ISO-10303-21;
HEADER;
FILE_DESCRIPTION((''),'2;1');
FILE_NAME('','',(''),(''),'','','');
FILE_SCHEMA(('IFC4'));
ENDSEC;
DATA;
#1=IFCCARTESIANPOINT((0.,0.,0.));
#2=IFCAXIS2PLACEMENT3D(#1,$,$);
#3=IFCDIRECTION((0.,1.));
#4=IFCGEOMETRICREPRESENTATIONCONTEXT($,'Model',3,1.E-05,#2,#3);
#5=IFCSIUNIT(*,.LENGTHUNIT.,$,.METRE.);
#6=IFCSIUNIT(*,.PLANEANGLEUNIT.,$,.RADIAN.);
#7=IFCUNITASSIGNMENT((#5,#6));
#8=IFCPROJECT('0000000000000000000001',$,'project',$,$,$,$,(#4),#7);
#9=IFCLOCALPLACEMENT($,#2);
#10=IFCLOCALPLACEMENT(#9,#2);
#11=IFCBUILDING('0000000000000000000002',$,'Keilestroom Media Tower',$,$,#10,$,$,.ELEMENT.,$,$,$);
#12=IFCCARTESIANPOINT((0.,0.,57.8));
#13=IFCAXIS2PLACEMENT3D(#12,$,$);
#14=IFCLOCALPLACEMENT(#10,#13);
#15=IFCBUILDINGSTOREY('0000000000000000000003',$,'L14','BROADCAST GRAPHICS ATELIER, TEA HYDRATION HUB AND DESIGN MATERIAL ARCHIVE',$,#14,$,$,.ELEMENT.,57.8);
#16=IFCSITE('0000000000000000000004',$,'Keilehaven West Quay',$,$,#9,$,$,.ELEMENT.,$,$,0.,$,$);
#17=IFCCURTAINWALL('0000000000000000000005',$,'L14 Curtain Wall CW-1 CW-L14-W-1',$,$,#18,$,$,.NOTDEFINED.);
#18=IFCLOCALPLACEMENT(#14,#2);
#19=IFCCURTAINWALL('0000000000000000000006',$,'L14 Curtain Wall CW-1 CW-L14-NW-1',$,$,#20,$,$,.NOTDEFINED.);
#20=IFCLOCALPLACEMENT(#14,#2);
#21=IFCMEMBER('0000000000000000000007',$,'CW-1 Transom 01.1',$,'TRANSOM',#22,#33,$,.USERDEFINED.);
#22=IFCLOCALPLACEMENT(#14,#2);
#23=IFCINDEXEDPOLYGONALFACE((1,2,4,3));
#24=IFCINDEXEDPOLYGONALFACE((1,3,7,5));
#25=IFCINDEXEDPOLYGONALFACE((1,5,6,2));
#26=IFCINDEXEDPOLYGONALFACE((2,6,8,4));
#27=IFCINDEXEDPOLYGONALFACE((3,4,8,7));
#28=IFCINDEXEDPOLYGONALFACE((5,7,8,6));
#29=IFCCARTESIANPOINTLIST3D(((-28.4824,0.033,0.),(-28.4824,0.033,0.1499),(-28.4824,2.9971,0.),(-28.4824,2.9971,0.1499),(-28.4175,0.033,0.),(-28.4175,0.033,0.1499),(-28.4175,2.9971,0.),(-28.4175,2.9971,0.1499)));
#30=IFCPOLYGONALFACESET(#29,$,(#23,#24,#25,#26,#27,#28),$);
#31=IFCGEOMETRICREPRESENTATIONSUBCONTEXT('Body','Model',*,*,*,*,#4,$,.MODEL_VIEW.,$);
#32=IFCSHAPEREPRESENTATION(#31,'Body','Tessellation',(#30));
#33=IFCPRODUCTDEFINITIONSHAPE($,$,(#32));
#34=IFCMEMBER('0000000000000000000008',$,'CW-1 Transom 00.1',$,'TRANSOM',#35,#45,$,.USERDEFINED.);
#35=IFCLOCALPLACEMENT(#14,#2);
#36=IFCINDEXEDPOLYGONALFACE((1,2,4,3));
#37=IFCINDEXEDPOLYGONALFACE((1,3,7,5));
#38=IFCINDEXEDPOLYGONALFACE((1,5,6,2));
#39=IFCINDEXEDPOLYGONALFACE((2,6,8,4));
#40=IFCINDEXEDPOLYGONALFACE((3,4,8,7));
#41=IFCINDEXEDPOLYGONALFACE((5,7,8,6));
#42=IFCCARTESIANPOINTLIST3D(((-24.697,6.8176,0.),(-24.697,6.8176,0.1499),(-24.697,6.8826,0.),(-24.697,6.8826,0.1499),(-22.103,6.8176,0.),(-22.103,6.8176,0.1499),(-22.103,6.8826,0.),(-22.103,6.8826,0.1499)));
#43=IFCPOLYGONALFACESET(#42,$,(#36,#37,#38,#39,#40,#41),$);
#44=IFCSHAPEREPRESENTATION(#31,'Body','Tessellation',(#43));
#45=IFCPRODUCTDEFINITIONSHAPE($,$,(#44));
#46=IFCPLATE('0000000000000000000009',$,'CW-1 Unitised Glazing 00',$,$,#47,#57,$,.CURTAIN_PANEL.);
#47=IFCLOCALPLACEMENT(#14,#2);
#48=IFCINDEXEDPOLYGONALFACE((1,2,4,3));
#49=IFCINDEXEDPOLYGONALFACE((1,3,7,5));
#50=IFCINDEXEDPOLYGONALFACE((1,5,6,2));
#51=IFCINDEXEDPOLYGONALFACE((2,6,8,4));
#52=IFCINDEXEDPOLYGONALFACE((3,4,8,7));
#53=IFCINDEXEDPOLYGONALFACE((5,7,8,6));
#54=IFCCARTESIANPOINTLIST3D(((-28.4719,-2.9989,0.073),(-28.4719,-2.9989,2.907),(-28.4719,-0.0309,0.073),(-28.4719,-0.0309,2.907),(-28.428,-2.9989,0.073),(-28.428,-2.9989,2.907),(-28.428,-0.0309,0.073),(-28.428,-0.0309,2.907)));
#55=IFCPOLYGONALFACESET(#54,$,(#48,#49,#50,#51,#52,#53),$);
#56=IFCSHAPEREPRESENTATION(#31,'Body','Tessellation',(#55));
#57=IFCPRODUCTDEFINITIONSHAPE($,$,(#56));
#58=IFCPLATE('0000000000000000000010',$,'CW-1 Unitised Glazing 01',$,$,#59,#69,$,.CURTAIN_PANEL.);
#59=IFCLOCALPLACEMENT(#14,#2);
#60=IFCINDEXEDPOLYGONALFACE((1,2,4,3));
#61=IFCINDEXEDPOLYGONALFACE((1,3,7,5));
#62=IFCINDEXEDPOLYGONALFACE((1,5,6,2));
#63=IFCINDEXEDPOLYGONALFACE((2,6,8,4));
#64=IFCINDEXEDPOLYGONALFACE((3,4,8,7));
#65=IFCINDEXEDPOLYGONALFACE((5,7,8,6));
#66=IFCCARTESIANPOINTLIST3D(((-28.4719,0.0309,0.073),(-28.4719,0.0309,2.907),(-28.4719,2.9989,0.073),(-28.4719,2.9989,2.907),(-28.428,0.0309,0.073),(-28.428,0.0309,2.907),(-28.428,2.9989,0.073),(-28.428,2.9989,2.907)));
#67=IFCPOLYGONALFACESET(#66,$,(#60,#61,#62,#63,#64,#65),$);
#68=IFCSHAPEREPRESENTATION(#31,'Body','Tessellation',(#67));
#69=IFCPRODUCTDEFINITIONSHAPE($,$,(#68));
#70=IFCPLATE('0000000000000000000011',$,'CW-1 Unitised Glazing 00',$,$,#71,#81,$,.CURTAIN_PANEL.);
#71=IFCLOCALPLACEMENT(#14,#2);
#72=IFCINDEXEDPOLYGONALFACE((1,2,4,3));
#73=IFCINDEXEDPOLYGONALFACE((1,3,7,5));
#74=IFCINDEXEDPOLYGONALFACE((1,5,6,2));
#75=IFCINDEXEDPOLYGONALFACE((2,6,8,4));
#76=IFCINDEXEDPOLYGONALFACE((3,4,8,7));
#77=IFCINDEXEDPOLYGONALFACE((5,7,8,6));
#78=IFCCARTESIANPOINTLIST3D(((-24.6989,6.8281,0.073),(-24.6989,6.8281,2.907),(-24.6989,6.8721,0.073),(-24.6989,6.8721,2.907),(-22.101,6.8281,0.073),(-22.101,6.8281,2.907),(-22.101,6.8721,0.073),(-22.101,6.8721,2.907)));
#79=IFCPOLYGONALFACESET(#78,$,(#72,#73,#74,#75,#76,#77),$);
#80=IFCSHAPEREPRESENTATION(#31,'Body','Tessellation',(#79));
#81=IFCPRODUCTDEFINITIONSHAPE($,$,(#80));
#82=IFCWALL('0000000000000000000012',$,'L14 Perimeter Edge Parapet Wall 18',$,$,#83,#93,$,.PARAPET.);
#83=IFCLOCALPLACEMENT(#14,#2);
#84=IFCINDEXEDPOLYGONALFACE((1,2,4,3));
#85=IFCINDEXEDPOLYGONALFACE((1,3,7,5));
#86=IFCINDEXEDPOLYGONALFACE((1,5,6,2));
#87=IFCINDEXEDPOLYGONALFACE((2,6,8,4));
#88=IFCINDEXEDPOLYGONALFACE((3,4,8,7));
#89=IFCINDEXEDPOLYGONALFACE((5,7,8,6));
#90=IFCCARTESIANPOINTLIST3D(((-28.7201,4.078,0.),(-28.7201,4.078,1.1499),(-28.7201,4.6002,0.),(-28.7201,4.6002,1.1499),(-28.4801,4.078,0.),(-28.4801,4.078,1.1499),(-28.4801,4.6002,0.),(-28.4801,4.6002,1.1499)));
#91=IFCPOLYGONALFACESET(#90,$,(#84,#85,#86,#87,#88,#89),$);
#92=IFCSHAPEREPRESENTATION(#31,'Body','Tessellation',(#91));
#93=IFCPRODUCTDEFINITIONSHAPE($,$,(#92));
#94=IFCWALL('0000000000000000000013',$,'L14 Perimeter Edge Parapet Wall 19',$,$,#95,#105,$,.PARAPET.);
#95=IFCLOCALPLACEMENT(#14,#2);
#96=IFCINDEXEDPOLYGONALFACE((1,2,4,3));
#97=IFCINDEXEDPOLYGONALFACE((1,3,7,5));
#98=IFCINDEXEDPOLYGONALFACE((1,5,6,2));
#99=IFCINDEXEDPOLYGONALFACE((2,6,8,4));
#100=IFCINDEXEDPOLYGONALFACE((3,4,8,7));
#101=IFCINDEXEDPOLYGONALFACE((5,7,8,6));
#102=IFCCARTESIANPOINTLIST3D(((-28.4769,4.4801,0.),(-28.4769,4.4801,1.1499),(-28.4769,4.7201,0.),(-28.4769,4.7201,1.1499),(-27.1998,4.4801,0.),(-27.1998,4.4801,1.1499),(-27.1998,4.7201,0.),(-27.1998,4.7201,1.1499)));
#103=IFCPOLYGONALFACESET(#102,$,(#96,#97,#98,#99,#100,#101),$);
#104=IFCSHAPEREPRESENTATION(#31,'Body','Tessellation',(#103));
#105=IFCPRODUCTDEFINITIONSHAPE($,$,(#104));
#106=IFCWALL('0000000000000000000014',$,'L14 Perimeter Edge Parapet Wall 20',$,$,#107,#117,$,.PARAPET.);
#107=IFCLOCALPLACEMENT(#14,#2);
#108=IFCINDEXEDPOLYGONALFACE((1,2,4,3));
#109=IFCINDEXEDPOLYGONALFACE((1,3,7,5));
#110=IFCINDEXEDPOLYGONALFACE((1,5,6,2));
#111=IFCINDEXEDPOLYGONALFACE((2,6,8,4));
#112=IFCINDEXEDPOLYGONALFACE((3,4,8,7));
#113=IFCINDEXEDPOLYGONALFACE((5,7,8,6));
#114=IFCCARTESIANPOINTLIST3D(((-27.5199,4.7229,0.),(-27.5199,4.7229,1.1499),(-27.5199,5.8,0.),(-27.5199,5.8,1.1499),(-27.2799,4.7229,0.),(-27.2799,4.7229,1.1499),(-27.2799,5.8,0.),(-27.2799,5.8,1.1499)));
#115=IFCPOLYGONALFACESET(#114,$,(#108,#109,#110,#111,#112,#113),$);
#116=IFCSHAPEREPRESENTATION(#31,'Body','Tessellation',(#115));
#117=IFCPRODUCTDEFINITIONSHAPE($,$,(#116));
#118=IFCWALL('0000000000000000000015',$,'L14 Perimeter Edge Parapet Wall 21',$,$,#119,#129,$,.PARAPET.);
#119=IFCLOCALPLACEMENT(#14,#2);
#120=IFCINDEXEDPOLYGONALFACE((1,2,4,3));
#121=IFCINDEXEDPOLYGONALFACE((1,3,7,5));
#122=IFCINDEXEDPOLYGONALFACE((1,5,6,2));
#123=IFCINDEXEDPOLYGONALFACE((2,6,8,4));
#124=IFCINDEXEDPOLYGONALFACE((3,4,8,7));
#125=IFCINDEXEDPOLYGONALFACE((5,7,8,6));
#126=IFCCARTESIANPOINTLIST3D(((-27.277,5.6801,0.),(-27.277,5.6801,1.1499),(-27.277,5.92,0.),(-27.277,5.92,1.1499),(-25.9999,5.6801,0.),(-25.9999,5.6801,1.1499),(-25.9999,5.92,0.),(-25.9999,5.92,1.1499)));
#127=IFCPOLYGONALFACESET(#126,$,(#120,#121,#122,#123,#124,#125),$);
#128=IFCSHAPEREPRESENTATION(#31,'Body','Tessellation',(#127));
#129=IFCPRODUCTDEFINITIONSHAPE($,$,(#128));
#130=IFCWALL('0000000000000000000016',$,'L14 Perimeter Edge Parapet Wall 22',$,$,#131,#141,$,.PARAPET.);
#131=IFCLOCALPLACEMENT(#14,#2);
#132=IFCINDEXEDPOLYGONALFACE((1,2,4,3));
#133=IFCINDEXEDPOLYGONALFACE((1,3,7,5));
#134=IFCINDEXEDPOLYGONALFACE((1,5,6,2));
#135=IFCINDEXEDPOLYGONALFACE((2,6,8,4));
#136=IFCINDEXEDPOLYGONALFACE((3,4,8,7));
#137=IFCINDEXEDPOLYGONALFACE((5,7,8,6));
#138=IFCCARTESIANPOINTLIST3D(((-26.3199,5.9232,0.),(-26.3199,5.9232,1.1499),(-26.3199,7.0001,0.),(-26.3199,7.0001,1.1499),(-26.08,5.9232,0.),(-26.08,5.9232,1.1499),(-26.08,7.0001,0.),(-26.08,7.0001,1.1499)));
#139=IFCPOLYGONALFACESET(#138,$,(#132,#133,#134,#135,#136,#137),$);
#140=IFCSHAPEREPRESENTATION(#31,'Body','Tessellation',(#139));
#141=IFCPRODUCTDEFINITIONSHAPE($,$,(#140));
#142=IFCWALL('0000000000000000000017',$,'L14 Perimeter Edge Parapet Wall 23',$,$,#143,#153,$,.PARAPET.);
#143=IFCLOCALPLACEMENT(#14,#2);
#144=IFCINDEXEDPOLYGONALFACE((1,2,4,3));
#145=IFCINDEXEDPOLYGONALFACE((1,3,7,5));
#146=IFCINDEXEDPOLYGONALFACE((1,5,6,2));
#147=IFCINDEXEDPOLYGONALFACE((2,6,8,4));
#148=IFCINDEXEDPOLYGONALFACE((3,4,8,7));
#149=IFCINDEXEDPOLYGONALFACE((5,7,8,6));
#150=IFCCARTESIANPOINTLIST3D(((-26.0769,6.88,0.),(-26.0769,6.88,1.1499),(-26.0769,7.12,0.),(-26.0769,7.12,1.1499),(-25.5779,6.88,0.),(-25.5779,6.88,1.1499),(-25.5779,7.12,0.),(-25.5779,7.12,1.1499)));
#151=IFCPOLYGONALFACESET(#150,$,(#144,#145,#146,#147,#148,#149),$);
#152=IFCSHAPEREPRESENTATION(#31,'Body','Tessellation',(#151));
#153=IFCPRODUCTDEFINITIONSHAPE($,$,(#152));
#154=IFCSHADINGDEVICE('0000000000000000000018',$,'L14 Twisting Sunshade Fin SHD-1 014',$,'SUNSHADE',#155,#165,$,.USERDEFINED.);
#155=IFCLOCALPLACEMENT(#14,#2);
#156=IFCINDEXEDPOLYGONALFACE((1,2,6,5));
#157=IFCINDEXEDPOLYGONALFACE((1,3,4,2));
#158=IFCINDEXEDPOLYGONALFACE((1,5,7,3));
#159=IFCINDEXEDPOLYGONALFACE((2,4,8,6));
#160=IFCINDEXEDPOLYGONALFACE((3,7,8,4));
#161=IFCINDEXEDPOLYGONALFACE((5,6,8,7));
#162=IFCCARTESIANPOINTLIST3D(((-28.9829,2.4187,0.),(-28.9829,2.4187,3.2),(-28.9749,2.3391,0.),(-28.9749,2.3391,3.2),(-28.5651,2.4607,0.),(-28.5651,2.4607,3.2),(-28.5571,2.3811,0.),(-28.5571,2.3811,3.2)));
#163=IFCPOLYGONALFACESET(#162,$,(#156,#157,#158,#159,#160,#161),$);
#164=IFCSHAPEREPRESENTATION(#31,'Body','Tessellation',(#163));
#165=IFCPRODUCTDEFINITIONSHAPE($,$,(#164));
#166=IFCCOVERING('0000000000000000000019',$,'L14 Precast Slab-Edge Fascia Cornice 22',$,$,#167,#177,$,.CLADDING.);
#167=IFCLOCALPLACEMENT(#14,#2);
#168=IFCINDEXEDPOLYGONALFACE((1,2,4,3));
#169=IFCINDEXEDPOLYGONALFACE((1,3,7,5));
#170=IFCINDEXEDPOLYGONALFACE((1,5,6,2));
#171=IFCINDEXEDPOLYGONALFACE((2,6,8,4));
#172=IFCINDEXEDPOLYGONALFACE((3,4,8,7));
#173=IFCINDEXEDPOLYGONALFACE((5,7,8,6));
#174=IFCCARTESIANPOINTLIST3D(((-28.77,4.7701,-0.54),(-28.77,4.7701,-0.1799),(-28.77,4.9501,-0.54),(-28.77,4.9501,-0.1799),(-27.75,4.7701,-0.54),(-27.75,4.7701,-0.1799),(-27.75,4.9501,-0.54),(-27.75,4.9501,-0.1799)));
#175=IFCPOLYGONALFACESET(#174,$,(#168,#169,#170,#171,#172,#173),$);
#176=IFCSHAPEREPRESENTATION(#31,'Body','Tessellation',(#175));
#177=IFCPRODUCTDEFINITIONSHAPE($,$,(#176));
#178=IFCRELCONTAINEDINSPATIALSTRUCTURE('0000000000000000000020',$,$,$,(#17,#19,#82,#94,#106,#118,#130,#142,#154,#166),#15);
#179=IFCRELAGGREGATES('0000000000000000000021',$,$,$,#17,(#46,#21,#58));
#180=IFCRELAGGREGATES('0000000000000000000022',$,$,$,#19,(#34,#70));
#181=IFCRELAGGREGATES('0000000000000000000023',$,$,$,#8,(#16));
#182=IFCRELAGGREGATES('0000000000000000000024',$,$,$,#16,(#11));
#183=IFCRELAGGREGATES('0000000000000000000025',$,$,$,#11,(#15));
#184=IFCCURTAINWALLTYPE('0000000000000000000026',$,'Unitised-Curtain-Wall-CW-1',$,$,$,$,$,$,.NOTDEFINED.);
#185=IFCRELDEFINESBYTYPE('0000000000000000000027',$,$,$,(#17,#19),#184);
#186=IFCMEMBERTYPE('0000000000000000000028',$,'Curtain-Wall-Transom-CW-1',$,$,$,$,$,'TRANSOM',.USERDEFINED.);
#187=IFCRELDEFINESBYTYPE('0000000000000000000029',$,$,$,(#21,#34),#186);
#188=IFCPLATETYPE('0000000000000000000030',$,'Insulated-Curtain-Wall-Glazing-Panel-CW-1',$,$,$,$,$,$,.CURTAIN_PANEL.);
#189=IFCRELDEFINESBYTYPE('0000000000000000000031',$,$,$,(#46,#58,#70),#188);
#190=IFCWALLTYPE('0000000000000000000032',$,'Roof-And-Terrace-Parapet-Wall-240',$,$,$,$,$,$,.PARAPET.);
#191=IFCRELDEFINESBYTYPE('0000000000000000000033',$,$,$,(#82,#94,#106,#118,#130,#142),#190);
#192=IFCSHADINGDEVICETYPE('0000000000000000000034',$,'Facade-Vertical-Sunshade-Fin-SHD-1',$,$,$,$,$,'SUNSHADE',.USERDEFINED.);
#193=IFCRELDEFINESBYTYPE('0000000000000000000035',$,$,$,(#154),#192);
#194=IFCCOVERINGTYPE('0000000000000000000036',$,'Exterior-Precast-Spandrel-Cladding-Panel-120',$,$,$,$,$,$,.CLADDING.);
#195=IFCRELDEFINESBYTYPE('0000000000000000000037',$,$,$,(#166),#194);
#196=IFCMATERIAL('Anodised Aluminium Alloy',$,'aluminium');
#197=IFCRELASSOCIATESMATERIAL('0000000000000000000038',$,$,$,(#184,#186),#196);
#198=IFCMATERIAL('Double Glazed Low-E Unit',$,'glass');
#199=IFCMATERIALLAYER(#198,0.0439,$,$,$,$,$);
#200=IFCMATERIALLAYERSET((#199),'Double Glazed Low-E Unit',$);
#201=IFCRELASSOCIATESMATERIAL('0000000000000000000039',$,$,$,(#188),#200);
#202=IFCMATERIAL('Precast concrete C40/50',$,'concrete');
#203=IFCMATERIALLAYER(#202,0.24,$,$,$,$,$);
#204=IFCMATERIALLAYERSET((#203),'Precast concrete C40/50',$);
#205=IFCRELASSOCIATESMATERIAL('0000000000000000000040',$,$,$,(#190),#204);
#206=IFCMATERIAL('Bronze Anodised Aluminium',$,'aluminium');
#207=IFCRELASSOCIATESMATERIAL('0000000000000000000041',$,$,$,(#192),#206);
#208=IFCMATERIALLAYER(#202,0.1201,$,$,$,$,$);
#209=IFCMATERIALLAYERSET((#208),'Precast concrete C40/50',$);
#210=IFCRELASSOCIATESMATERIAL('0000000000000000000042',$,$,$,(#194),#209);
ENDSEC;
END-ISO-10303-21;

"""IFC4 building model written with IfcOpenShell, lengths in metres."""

from ifc_helpers import new_model, si_unit, direction, frame, frame_2d, origin, origin_2d, place, context, subcontext, project, spatial, rectangle, extrude, source, transform, mapped, material, layer, layer_set, material_profile, profile_set, type_object, element, aggregate, save


model = new_model("IFC4")

# Units and contexts
model_context = context("Model", 3, precision=1e-05, world=origin(), true_north=direction((0.0, 1.0)))
body_context = subcontext(model_context, "Body", "Model", "MODEL_VIEW")
ifc_project = project(units=[si_unit("LENGTHUNIT", "METRE"), si_unit("PLANEANGLEUNIT", "RADIAN")], contexts=[model_context])

# Site, building, storey
site_placement = place(None, origin())
site = spatial("IfcSite", under=ifc_project, at=site_placement, Name="Keilehaven West Quay", CompositionType="ELEMENT", RefElevation=0.0)
building_placement = place(site_placement, origin())
building = spatial("IfcBuilding", under=site, at=building_placement, Name="Keilestroom Media Tower", CompositionType="ELEMENT")
storey_placement = place(building_placement, frame((0.0, 0.0, 57.8)))
storey = spatial("IfcBuildingStorey", under=building, at=storey_placement, Name="L14", Description="BROADCAST GRAPHICS ATELIER, TEA HYDRATION HUB AND DESIGN MATERIAL ARCHIVE", CompositionType="ELEMENT", Elevation=57.8)

# Shared definitions
ifc_material_1 = material(Name="Precast concrete C40/50", Category="concrete")

# Curtain wall
ifc_material_2 = material(Name="Anodised Aluminium Alloy", Category="aluminium")
curtain_wall_type = type_object("IfcCurtainWallType", Name="Unitised-Curtain-Wall-CW-1", PredefinedType="NOTDEFINED", material=ifc_material_2)
curtain_wall_1_placement = place(storey_placement, origin())
curtain_wall_1 = element("IfcCurtainWall", 1, at=curtain_wall_1_placement, inside=storey, type_object=curtain_wall_type, Name="L14 Curtain Wall CW-1 CW-L14-W-1", PredefinedType="NOTDEFINED")

# Curtain wall
curtain_wall_2_placement = place(storey_placement, origin())
curtain_wall_2 = element("IfcCurtainWall", 2, at=curtain_wall_2_placement, inside=storey, type_object=curtain_wall_type, Name="L14 Curtain Wall CW-1 CW-L14-NW-1", PredefinedType="NOTDEFINED")

# Members
ifc_material_profile_1 = material_profile(ifc_material_2, rectangle(XDim=0.0649, YDim=0.1499, at=origin_2d()), Name="ALU TRANSOM 65x150")
ifc_profile_set_1 = profile_set([ifc_material_profile_1], Name="Anodised Aluminium Alloy")
member_type_1 = type_object("IfcMemberType", Name="Curtain-Wall-Transom-CW-1", ElementType="TRANSOM", PredefinedType="USERDEFINED", material=ifc_profile_set_1)
shared_shape_1 = source(origin(), body_context, "Body", "SweptSolid", [
    extrude(rectangle(XDim=0.0649, YDim=0.1499, at=origin_2d()), origin(), (0.0, 0.0, 1.0), 2.9641),
])
member_1_placement = place(storey_placement, frame((-28.45, 0.033, 0.075), z_axis=(0.0, 1.0, 0.0), x_axis=(-1.0, 0.0, 0.0)))
member_1 = element("IfcMember", 3, at=member_1_placement, type_object=member_type_1, Name="CW-1 Transom 01.1", ObjectType="TRANSOM", PredefinedType="USERDEFINED", context=body_context, shape_type="MappedRepresentation", body=[
    mapped(shared_shape_1, transform((0.0, 0.0, 0.0), x_axis=(1.0, 0.0, 0.0), y_axis=(0.0, 1.0, 0.0), z_axis=(0.0, 0.0, 1.0), scale=1.0)),
])
shared_shape_2 = source(origin(), body_context, "Body", "SweptSolid", [
    extrude(rectangle(XDim=0.0649, YDim=0.1499, at=origin_2d()), origin(), (0.0, 0.0, 1.0), 2.594),
])
member_2_placement = place(storey_placement, frame((-24.697, 6.8501, 0.075), z_axis=(1.0, 0.0, 0.0), x_axis=(0.0, 1.0, 0.0)))
member_2 = element("IfcMember", 4, at=member_2_placement, type_object=member_type_1, Name="CW-1 Transom 00.1", ObjectType="TRANSOM", PredefinedType="USERDEFINED", context=body_context, shape_type="MappedRepresentation", body=[
    mapped(shared_shape_2, transform((0.0, 0.0, 0.0), x_axis=(1.0, 0.0, 0.0), y_axis=(0.0, 1.0, 0.0), z_axis=(0.0, 0.0, 1.0), scale=1.0)),
])

# Plates
ifc_material_3 = material(Name="Double Glazed Low-E Unit", Category="glass")
ifc_layer_1 = layer(ifc_material_3, 0.0439)
ifc_layer_set_1 = layer_set([ifc_layer_1], Name="Double Glazed Low-E Unit")
plate_type = type_object("IfcPlateType", Name="Insulated-Curtain-Wall-Glazing-Panel-CW-1", PredefinedType="CURTAIN_PANEL", material=ifc_layer_set_1)
shared_shape_3 = source(origin(), body_context, "Body", "SweptSolid", [
    extrude(rectangle(XDim=2.968, YDim=0.0439, at=origin_2d()), origin(), (0.0, 0.0, 1.0), 2.834),
])
plate_1_placement = place(storey_placement, frame((-28.45, -1.5149, 0.073), z_axis=(0.0, 0.0, 1.0), x_axis=(0.0, 1.0, 0.0)))
plate_1 = element("IfcPlate", 5, at=plate_1_placement, type_object=plate_type, Name="CW-1 Unitised Glazing 00", PredefinedType="CURTAIN_PANEL", context=body_context, shape_type="MappedRepresentation", body=[
    mapped(shared_shape_3, transform((0.0, 0.0, 0.0), x_axis=(1.0, 0.0, 0.0), y_axis=(0.0, 1.0, 0.0), z_axis=(0.0, 0.0, 1.0), scale=1.0)),
])
plate_2_placement = place(storey_placement, frame((-28.45, 1.5149, 0.073), z_axis=(0.0, 0.0, 1.0), x_axis=(0.0, 1.0, 0.0)))
plate_2 = element("IfcPlate", 6, at=plate_2_placement, type_object=plate_type, Name="CW-1 Unitised Glazing 01", PredefinedType="CURTAIN_PANEL", context=body_context, shape_type="MappedRepresentation", body=[
    mapped(shared_shape_3, transform((0.0, 0.0, 0.0), x_axis=(1.0, 0.0, 0.0), y_axis=(0.0, 1.0, 0.0), z_axis=(0.0, 0.0, 1.0), scale=1.0)),
])
aggregate(curtain_wall_1, [plate_1, member_1, plate_2])
shared_shape_4 = source(origin(), body_context, "Body", "SweptSolid", [
    extrude(rectangle(XDim=2.5979, YDim=0.0439, at=origin_2d()), origin(), (0.0, 0.0, 1.0), 2.834),
])
plate_3_placement = place(storey_placement, frame((-23.3999, 6.8501, 0.073), z_axis=(0.0, 0.0, 1.0), x_axis=(1.0, 0.0, 0.0)))
plate_3 = element("IfcPlate", 7, at=plate_3_placement, type_object=plate_type, Name="CW-1 Unitised Glazing 00", PredefinedType="CURTAIN_PANEL", context=body_context, shape_type="MappedRepresentation", body=[
    mapped(shared_shape_4, transform((0.0, 0.0, 0.0), x_axis=(1.0, 0.0, 0.0), y_axis=(0.0, 1.0, 0.0), z_axis=(0.0, 0.0, 1.0), scale=1.0)),
])
aggregate(curtain_wall_2, [member_2, plate_3])

# Walls
ifc_layer_2 = layer(ifc_material_1, 0.24)
ifc_layer_set_2 = layer_set([ifc_layer_2], Name="Precast concrete C40/50")
wall_type = type_object("IfcWallType", Name="Roof-And-Terrace-Parapet-Wall-240", PredefinedType="PARAPET", material=ifc_layer_set_2)
wall_1_placement = place(storey_placement, frame((-28.6001, 4.0779, 0.0), z_axis=(0.0, 0.0, 1.0), x_axis=(0.0, 1.0, 0.0)))
element("IfcWall", 8, at=wall_1_placement, inside=storey, type_object=wall_type, Name="L14 Perimeter Edge Parapet Wall 18", PredefinedType="PARAPET", context=body_context, shape_type="SweptSolid", body=[
    extrude(rectangle(XDim=0.5222, YDim=0.24, at=frame_2d((0.2612, 0.0))), origin(), (0.0, 0.0, 1.0), 1.1499),
])
wall_2_placement = place(storey_placement, frame((-28.4771, 4.6001, 0.0), z_axis=(0.0, 0.0, 1.0), x_axis=(1.0, 0.0, 0.0)))
element("IfcWall", 9, at=wall_2_placement, inside=storey, type_object=wall_type, Name="L14 Perimeter Edge Parapet Wall 19", PredefinedType="PARAPET", context=body_context, shape_type="SweptSolid", body=[
    extrude(rectangle(XDim=1.2771, YDim=0.24, at=frame_2d((0.6387, 0.0))), origin(), (0.0, 0.0, 1.0), 1.1499),
])
wall_3_placement = place(storey_placement, frame((-27.3999, 4.7229, 0.0), z_axis=(0.0, 0.0, 1.0), x_axis=(0.0, 1.0, 0.0)))
element("IfcWall", 10, at=wall_3_placement, inside=storey, type_object=wall_type, Name="L14 Perimeter Edge Parapet Wall 20", PredefinedType="PARAPET", context=body_context, shape_type="SweptSolid", body=[
    extrude(rectangle(XDim=1.0771, YDim=0.24, at=frame_2d((0.5386, 0.0))), origin(), (0.0, 0.0, 1.0), 1.1499),
])
wall_4_placement = place(storey_placement, frame((-27.2771, 5.8, 0.0), z_axis=(0.0, 0.0, 1.0), x_axis=(1.0, 0.0, 0.0)))
element("IfcWall", 11, at=wall_4_placement, inside=storey, type_object=wall_type, Name="L14 Perimeter Edge Parapet Wall 21", PredefinedType="PARAPET", context=body_context, shape_type="SweptSolid", body=[
    extrude(rectangle(XDim=1.2771, YDim=0.24, at=frame_2d((0.6387, 0.0))), origin(), (0.0, 0.0, 1.0), 1.1499),
])
wall_5_placement = place(storey_placement, frame((-26.2, 5.9231, 0.0), z_axis=(0.0, 0.0, 1.0), x_axis=(0.0, 1.0, 0.0)))
element("IfcWall", 12, at=wall_5_placement, inside=storey, type_object=wall_type, Name="L14 Perimeter Edge Parapet Wall 22", PredefinedType="PARAPET", context=body_context, shape_type="SweptSolid", body=[
    extrude(rectangle(XDim=1.0769, YDim=0.24, at=frame_2d((0.5386, 0.0))), origin(), (0.0, 0.0, 1.0), 1.1499),
])
wall_6_placement = place(storey_placement, frame((-26.0769, 7.0, 0.0), z_axis=(0.0, 0.0, 1.0), x_axis=(1.0, 0.0, 0.0)))
element("IfcWall", 13, at=wall_6_placement, inside=storey, type_object=wall_type, Name="L14 Perimeter Edge Parapet Wall 23", PredefinedType="PARAPET", context=body_context, shape_type="SweptSolid", body=[
    extrude(rectangle(XDim=0.499, YDim=0.24, at=frame_2d((0.2495, 0.0))), origin(), (0.0, 0.0, 1.0), 1.1499),
])

# Shading device
ifc_material_4 = material(Name="Bronze Anodised Aluminium", Category="aluminium")
shading_device_type = type_object("IfcShadingDeviceType", Name="Facade-Vertical-Sunshade-Fin-SHD-1", ElementType="SUNSHADE", PredefinedType="USERDEFINED", material=ifc_material_4)
shared_shape_5 = source(origin(), body_context, "Body", "SweptSolid", [
    extrude(rectangle(XDim=0.4199, YDim=0.0801, at=origin_2d()), origin(), (0.0, 0.0, 1.0), 3.2),
])
shading_device_placement = place(storey_placement, frame((-28.77, 2.3999, 0.0), z_axis=(0.0, 0.0, 1.0), x_axis=(0.994986, 0.100014, 0.0)))
element("IfcShadingDevice", 14, at=shading_device_placement, inside=storey, type_object=shading_device_type, Name="L14 Twisting Sunshade Fin SHD-1 014", ObjectType="SUNSHADE", PredefinedType="USERDEFINED", context=body_context, shape_type="MappedRepresentation", body=[
    mapped(shared_shape_5, transform((0.0, 0.0, 0.0), x_axis=(1.0, 0.0, 0.0), y_axis=(0.0, 1.0, 0.0), z_axis=(0.0, 0.0, 1.0), scale=1.0)),
])

# Covering
ifc_layer_3 = layer(ifc_material_1, 0.1201)
ifc_layer_set_3 = layer_set([ifc_layer_3], Name="Precast concrete C40/50")
covering_type = type_object("IfcCoveringType", Name="Exterior-Precast-Spandrel-Cladding-Panel-120", PredefinedType="CLADDING", material=ifc_layer_set_3)
shared_shape_6 = source(origin(), body_context, "Body", "SweptSolid", [
    extrude(rectangle(XDim=1.02, YDim=0.1799, at=origin_2d()), origin(), (0.0, 0.0, 1.0), 0.3601),
])
for number, where, z_axis, x_axis, name in (
    (15, (-28.26, 4.8601, -0.54), (0.0, 0.0, 1.0), (1.0, 0.0, 0.0), "L14 Precast Slab-Edge Fascia Cornice 22"),
):
    element("IfcCovering", number, at=place(storey_placement, frame(where, z_axis=z_axis, x_axis=x_axis)), inside=storey, type_object=covering_type, Name=name, PredefinedType="CLADDING", context=body_context, shape_type="MappedRepresentation", body=[
        mapped(shared_shape_6, transform((0.0, 0.0, 0.0), x_axis=(1.0, 0.0, 0.0), y_axis=(0.0, 1.0, 0.0), z_axis=(0.0, 0.0, 1.0), scale=1.0)),
    ])

save(model, "model.ifc")
